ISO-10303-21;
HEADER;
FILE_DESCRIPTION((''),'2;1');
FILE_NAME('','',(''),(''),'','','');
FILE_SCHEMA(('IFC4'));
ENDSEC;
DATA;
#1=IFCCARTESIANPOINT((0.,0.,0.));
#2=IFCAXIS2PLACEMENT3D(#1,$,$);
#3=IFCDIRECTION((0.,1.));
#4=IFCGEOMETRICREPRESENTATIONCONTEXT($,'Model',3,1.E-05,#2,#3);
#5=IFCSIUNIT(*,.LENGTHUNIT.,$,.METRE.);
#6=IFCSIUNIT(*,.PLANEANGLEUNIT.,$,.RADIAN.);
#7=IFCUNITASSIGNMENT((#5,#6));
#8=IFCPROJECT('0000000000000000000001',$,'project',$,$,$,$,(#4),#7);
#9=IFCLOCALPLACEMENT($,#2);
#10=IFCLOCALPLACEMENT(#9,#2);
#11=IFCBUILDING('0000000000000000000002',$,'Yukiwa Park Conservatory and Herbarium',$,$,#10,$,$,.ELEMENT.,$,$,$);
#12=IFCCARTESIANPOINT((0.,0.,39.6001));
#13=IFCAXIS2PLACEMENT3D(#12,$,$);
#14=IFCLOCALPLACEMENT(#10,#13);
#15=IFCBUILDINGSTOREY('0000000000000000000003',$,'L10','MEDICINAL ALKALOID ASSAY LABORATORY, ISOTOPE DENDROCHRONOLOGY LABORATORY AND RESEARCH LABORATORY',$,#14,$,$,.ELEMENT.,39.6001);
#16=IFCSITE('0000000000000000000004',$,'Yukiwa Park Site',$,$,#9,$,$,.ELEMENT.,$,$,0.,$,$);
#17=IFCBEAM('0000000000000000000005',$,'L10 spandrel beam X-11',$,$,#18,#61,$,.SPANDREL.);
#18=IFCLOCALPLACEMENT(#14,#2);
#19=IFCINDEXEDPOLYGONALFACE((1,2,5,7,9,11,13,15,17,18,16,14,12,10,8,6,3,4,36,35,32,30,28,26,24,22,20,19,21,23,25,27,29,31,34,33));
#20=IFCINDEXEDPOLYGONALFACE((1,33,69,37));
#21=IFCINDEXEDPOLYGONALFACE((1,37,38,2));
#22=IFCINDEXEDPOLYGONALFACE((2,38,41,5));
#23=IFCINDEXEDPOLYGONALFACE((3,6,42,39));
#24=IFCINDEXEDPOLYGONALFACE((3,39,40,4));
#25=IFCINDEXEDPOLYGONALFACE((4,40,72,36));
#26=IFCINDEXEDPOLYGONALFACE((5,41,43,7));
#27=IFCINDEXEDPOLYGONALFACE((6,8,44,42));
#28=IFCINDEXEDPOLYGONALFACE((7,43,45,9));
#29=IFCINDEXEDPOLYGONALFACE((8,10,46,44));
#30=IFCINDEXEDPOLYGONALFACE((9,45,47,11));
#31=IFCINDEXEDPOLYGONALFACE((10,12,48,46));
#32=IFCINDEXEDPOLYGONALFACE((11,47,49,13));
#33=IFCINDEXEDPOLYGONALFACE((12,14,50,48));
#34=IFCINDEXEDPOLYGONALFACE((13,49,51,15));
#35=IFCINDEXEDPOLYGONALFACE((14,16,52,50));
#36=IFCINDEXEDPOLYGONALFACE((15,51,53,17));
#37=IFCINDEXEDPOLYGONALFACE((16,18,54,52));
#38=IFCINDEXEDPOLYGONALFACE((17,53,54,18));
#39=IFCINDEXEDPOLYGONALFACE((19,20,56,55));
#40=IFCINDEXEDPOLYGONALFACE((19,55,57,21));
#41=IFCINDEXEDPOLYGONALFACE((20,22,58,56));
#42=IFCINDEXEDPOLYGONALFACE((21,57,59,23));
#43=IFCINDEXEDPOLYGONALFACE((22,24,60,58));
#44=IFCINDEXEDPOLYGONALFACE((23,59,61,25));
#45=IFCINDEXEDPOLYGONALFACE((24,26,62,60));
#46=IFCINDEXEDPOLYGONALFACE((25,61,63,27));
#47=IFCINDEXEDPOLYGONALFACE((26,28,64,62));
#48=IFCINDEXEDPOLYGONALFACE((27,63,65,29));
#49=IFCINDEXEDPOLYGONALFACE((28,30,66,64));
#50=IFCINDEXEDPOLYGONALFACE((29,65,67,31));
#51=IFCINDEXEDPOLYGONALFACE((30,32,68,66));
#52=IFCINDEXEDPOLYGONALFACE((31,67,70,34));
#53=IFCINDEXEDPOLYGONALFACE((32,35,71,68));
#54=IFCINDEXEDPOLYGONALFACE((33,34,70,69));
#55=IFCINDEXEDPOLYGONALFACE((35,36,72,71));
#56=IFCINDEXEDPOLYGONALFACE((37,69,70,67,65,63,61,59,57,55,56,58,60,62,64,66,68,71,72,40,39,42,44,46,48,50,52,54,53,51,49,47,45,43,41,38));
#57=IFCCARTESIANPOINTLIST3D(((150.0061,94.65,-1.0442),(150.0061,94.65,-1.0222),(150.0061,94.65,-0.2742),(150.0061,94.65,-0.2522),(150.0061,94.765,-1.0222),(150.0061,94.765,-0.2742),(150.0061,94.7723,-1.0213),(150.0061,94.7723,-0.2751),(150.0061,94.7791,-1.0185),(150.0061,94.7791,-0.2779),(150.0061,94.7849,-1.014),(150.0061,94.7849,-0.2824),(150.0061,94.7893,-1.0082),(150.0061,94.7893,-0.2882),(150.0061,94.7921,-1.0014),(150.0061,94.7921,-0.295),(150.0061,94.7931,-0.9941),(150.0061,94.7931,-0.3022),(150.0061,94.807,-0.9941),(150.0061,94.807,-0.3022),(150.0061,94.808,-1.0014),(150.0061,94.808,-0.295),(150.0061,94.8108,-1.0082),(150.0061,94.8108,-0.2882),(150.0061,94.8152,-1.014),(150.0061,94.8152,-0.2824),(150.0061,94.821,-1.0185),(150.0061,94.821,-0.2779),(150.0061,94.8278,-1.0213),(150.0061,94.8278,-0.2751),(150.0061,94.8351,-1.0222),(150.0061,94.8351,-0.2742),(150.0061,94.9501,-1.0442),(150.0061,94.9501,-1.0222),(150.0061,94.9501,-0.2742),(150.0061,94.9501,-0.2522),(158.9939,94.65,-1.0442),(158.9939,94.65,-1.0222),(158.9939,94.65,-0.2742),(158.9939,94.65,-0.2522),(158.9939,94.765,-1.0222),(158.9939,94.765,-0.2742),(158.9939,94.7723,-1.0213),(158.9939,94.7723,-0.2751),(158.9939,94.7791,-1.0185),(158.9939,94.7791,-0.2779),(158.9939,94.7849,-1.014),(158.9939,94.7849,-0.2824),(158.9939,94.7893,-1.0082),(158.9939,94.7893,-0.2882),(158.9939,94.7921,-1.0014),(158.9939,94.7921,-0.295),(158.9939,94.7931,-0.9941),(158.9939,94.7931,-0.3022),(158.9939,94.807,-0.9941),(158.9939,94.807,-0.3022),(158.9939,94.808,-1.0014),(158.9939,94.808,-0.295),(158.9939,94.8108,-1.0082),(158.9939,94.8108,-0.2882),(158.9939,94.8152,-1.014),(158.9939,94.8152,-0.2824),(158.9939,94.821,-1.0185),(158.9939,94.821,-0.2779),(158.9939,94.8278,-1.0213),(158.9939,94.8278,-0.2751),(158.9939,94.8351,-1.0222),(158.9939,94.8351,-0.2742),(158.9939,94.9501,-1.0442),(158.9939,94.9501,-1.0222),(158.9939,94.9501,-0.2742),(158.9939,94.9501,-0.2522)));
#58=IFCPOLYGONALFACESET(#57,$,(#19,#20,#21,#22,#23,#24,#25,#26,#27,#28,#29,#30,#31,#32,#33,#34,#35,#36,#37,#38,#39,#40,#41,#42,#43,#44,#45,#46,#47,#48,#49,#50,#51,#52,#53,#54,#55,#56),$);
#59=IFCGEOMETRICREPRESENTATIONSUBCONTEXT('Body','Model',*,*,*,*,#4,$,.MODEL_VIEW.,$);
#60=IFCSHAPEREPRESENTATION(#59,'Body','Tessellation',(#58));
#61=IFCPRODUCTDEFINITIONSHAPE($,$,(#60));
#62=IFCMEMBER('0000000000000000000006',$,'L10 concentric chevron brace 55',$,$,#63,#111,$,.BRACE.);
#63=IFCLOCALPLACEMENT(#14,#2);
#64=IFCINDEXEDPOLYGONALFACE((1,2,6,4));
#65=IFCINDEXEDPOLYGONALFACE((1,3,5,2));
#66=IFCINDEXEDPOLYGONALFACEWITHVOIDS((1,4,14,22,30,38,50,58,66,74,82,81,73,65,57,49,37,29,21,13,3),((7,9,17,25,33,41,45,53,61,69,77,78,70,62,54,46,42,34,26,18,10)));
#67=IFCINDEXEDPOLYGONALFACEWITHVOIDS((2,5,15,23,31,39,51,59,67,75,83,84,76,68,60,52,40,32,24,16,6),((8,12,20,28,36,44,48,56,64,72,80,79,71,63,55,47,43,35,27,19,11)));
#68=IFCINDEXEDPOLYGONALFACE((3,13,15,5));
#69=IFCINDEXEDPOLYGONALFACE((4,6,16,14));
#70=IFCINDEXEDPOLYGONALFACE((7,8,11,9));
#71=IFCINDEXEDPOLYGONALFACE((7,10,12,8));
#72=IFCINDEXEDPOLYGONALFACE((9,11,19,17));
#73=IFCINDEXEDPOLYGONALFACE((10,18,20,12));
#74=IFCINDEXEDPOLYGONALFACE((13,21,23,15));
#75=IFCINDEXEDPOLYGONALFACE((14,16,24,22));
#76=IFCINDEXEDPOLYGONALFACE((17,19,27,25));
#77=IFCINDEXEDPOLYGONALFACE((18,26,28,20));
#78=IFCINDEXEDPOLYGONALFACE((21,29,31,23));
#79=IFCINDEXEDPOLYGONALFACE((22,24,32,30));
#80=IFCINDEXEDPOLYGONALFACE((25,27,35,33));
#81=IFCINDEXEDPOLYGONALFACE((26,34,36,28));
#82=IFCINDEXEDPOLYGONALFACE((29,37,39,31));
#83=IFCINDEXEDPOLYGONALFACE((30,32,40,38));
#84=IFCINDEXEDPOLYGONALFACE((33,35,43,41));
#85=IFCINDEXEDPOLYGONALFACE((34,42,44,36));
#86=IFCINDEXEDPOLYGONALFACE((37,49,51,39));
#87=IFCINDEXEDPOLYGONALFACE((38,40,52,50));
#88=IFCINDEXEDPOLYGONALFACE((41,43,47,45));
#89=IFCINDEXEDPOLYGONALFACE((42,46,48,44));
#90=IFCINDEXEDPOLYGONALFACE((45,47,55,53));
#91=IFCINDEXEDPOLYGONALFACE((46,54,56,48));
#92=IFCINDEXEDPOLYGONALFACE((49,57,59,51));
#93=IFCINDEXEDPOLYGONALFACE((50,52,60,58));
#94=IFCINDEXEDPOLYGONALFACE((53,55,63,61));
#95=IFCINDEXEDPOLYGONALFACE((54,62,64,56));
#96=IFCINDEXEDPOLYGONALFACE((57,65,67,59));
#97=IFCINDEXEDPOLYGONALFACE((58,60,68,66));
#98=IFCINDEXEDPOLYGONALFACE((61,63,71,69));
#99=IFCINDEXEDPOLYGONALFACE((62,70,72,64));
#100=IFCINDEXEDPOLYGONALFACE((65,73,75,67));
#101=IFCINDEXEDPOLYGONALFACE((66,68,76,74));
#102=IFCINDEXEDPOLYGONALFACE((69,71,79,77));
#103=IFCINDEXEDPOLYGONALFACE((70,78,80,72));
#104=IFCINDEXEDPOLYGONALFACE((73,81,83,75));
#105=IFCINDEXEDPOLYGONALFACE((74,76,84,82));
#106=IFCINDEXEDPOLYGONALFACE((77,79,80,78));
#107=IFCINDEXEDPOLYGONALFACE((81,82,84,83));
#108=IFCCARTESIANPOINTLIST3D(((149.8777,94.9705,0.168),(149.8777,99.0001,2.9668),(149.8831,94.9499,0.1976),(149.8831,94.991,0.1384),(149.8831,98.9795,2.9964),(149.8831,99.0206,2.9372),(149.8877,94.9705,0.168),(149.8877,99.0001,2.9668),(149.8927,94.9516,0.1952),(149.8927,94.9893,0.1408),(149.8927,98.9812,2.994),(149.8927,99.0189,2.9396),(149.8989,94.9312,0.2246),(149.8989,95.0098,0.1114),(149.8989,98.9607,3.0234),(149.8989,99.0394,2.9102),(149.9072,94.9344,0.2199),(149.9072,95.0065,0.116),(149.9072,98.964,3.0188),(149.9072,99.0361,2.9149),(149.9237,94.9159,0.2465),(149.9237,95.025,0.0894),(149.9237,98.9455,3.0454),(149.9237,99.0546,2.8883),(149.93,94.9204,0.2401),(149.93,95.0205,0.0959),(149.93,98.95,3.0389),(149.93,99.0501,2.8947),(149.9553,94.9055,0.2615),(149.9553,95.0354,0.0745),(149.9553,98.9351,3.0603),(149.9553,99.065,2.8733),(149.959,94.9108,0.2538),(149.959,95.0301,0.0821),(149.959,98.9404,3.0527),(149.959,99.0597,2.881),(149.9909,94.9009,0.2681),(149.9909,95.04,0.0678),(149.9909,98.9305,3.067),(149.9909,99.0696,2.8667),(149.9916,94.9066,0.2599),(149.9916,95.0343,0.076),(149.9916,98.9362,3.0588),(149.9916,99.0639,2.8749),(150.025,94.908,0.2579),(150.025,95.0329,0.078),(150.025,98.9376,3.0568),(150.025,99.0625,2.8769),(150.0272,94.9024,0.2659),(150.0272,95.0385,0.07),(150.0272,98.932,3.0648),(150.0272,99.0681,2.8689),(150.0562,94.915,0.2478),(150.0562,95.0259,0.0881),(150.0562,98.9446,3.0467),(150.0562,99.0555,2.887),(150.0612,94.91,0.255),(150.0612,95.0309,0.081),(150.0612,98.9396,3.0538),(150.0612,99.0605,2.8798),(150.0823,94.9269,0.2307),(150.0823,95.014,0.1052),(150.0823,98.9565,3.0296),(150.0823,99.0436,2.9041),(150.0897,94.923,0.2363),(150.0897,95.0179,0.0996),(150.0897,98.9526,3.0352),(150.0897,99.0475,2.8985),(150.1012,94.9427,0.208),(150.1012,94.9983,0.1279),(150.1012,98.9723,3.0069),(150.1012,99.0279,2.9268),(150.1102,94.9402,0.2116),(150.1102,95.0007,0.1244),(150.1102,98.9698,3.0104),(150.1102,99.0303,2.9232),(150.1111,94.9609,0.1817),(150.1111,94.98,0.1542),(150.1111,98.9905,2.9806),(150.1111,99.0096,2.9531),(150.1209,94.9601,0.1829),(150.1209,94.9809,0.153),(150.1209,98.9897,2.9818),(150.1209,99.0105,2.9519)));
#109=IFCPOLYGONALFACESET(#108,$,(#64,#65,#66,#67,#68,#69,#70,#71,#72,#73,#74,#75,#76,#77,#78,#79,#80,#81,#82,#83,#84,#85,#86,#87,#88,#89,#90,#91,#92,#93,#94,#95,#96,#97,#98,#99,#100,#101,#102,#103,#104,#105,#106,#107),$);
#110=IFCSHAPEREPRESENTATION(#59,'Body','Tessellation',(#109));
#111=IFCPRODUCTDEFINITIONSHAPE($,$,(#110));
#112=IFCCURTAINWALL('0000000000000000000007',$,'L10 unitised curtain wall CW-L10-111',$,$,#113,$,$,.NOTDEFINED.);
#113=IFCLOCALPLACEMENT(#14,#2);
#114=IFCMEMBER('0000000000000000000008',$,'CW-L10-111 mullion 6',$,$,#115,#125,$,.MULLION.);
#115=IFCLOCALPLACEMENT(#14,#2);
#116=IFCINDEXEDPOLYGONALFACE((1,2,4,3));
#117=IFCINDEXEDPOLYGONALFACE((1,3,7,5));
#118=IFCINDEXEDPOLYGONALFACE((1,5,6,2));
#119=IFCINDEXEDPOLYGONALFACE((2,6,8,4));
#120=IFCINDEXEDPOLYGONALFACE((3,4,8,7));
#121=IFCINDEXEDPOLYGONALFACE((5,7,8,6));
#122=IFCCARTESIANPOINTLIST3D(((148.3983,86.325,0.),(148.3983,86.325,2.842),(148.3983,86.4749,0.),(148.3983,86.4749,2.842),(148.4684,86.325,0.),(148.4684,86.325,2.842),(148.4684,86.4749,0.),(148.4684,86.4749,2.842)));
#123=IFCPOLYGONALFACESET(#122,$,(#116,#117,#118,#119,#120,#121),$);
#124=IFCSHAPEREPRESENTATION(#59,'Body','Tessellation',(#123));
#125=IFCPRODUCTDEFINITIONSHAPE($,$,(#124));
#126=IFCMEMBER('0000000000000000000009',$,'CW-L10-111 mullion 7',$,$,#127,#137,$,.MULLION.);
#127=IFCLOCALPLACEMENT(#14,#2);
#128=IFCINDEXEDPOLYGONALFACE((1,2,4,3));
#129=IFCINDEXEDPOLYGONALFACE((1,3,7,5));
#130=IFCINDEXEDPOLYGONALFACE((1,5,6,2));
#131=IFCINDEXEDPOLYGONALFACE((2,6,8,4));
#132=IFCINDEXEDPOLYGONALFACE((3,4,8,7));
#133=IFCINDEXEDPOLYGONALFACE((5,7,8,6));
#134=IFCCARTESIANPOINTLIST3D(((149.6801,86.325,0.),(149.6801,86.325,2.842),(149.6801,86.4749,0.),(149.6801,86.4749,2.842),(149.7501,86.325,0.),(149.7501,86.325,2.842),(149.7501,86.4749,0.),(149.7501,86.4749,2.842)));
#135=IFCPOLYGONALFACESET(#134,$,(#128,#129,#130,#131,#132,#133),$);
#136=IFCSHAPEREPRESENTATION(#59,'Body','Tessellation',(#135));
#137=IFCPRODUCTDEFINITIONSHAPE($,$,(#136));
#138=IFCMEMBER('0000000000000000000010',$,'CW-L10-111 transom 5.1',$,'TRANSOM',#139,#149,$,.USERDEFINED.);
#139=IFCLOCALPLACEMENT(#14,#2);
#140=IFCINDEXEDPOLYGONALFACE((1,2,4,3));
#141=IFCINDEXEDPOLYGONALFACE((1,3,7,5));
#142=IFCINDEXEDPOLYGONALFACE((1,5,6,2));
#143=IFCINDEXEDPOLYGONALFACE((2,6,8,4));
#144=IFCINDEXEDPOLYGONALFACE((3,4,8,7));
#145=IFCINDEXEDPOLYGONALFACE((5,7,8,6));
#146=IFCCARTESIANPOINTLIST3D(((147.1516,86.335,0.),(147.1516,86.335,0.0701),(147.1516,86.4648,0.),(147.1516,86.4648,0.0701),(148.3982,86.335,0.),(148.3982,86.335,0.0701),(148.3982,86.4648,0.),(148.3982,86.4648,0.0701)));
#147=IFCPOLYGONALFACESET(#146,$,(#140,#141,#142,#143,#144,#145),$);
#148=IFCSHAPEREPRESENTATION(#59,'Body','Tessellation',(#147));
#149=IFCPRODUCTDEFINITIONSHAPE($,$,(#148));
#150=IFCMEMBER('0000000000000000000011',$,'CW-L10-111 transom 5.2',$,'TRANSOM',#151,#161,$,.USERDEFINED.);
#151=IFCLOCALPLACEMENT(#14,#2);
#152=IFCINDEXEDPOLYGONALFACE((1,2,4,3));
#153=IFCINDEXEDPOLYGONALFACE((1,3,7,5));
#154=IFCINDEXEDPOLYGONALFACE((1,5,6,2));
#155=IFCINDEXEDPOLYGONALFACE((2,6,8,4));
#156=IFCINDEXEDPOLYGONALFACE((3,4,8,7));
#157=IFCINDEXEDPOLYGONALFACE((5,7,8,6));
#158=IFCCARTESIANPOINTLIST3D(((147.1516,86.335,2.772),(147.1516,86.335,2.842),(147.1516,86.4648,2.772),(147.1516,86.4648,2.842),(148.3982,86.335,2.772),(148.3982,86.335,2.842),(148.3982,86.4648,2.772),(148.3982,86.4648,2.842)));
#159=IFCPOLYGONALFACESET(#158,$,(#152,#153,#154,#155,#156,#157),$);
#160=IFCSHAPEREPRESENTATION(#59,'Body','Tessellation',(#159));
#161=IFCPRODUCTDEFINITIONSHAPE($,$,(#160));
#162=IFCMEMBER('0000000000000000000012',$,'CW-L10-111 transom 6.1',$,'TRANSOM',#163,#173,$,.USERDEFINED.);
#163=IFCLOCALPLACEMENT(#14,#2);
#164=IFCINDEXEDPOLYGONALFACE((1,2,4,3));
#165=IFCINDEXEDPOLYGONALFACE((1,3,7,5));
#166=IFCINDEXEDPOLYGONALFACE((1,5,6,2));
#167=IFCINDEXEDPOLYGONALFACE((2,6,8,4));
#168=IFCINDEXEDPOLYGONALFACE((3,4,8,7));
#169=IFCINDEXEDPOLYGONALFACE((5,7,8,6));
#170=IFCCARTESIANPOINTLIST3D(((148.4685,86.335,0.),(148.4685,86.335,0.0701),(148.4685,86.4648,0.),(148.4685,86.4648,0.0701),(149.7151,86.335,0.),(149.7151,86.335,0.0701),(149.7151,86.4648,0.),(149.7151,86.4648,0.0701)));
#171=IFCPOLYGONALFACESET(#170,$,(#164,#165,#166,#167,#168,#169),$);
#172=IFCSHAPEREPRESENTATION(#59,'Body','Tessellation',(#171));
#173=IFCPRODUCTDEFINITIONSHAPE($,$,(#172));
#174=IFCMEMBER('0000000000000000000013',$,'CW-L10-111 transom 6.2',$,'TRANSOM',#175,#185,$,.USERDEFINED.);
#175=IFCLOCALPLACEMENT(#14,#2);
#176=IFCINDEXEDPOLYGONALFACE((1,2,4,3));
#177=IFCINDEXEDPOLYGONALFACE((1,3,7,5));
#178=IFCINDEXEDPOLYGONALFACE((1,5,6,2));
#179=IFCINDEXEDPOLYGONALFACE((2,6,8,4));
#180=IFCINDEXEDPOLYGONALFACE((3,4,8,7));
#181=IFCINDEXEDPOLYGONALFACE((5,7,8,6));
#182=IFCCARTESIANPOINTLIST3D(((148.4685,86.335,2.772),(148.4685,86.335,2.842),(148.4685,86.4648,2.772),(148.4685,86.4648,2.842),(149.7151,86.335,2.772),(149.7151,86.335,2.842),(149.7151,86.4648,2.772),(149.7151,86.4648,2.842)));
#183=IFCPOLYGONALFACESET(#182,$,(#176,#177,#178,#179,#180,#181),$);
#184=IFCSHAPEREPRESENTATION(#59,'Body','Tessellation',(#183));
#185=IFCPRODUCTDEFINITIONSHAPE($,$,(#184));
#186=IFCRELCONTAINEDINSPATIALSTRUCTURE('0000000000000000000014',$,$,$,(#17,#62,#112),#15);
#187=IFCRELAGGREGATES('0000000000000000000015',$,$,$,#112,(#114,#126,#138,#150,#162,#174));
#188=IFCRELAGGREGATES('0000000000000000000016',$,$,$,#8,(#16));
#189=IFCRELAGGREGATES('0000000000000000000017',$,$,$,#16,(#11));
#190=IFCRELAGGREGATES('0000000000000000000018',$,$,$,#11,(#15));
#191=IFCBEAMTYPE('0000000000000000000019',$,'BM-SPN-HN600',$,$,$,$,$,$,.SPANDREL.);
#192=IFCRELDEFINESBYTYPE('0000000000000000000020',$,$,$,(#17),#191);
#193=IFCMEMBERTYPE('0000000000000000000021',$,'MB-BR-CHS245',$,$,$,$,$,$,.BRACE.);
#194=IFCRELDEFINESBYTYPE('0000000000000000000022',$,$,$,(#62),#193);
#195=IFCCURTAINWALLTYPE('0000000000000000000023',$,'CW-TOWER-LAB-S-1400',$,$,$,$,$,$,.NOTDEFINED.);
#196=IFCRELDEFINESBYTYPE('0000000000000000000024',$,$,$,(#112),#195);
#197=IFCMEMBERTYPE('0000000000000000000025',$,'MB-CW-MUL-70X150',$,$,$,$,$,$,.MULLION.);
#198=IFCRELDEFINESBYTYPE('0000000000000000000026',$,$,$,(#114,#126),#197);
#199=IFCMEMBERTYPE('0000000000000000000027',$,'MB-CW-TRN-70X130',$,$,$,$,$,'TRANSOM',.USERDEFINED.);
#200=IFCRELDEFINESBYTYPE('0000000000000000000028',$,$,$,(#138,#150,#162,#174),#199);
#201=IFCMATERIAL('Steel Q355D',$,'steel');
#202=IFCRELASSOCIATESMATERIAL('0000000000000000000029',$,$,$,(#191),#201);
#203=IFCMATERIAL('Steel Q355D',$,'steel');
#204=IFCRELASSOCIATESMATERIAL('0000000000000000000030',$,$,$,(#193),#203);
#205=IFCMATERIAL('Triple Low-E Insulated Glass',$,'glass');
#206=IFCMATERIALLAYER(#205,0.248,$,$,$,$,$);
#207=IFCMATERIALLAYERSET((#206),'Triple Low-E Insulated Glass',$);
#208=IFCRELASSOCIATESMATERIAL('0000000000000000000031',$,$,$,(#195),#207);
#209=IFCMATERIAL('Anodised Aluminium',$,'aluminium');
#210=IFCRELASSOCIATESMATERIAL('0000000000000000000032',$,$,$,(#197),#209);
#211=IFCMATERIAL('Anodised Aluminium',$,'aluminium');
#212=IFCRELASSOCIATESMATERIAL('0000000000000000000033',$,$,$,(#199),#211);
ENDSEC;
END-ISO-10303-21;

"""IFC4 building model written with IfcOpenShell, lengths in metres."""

from ifc_helpers import new_model, si_unit, direction, frame, origin, origin_2d, place, context, subcontext, project, spatial, rectangle, hollow_circle, i_section, extrude, material, layer, layer_set, material_profile, profile_set, type_object, element, aggregate, save


model = new_model("IFC4")

# Units and contexts
model_context = context("Model", 3, precision=1e-05, world=origin(), true_north=direction((0.0, 1.0)))
body_context = subcontext(model_context, "Body", "Model", "MODEL_VIEW")
ifc_project = project(units=[si_unit("LENGTHUNIT", "METRE"), si_unit("PLANEANGLEUNIT", "RADIAN")], contexts=[model_context])

# Site, building, storey
site_placement = place(None, origin())
site = spatial("IfcSite", under=ifc_project, at=site_placement, Name="Yukiwa Park Site", CompositionType="ELEMENT", RefElevation=0.0)
building_placement = place(site_placement, origin())
building = spatial("IfcBuilding", under=site, at=building_placement, Name="Yukiwa Park Conservatory and Herbarium", CompositionType="ELEMENT")
storey_placement = place(building_placement, frame((0.0, 0.0, 39.6001)))
storey = spatial("IfcBuildingStorey", under=building, at=storey_placement, Name="L10", Description="MEDICINAL ALKALOID ASSAY LABORATORY, ISOTOPE DENDROCHRONOLOGY LABORATORY AND RESEARCH LABORATORY", CompositionType="ELEMENT", Elevation=39.6001)

# Beam
ifc_material_1 = material(Name="Steel Q355D", Category="steel")
ifc_material_profile_1 = material_profile(ifc_material_1, i_section(OverallWidth=0.3, OverallDepth=0.792, WebThickness=0.0139, FlangeThickness=0.022, FilletRadius=0.0281, at=origin_2d()), Name="HN 792x300x14x22")
ifc_profile_set_1 = profile_set([ifc_material_profile_1], Name="Steel Q355D")
beam_type_1 = type_object("IfcBeamType", Name="BM-SPN-HN600", PredefinedType="SPANDREL", material=ifc_profile_set_1)
beam_1_placement = place(storey_placement, frame((150.0061, 94.8, -0.6482), z_axis=(1.0, 0.0, 0.0), x_axis=(0.0, 1.0, 0.0)))
element("IfcBeam", 1, at=beam_1_placement, inside=storey, type_object=beam_type_1, Name="L10 spandrel beam X-11", PredefinedType="SPANDREL", context=body_context, shape_type="SweptSolid", body=[
    extrude(i_section(OverallWidth=0.3, OverallDepth=0.792, WebThickness=0.0139, FlangeThickness=0.022, FilletRadius=0.0281, at=origin_2d()), origin(), (0.0, 0.0, 1.0), 8.9878),
])

# Member
ifc_material_2 = material(Name="Steel Q355D", Category="steel")
ifc_material_profile_2 = material_profile(ifc_material_2, hollow_circle(Radius=0.1223, WallThickness=0.01, at=origin_2d()), Name="CHS 244.5x10")
ifc_profile_set_2 = profile_set([ifc_material_profile_2], Name="Steel Q355D")
member_type_1 = type_object("IfcMemberType", Name="MB-BR-CHS245", PredefinedType="BRACE", material=ifc_profile_set_2)
member_1_placement = place(storey_placement, frame((150.0, 94.9705, 0.168), z_axis=(0.0, 0.821319, 0.570469), x_axis=(-1.0, 0.0, 0.0)))
element("IfcMember", 2, at=member_1_placement, inside=storey, type_object=member_type_1, Name="L10 concentric chevron brace 55", PredefinedType="BRACE", context=body_context, shape_type="SweptSolid", body=[
    extrude(hollow_circle(Radius=0.1223, WallThickness=0.01, at=origin_2d()), origin(), (0.0, 0.0, 1.0), 4.9062),
])

# Curtain wall, members
ifc_material_3 = material(Name="Triple Low-E Insulated Glass", Category="glass")
ifc_layer_1 = layer(ifc_material_3, 0.248)
ifc_layer_set_1 = layer_set([ifc_layer_1], Name="Triple Low-E Insulated Glass")
curtain_wall_type = type_object("IfcCurtainWallType", Name="CW-TOWER-LAB-S-1400", PredefinedType="NOTDEFINED", material=ifc_layer_set_1)
curtain_wall_placement = place(storey_placement, origin())
curtain_wall = element("IfcCurtainWall", 3, at=curtain_wall_placement, inside=storey, type_object=curtain_wall_type, Name="L10 unitised curtain wall CW-L10-111", PredefinedType="NOTDEFINED")
ifc_material_4 = material(Name="Anodised Aluminium", Category="aluminium")
member_type_2 = type_object("IfcMemberType", Name="MB-CW-MUL-70X150", PredefinedType="MULLION", material=ifc_material_4)
member_2_placement = place(storey_placement, frame((148.4333, 86.3999, 0.0), z_axis=(0.0, 0.0, 1.0), x_axis=(1.0, 0.0, 0.0)))
member_2 = element("IfcMember", 4, at=member_2_placement, type_object=member_type_2, Name="CW-L10-111 mullion 6", PredefinedType="MULLION", context=body_context, shape_type="SweptSolid", body=[
    extrude(rectangle(XDim=0.0701, YDim=0.1499, at=origin_2d()), origin(), (0.0, 0.0, 1.0), 2.842),
])
member_3_placement = place(storey_placement, frame((149.7151, 86.3999, 0.0), z_axis=(0.0, 0.0, 1.0), x_axis=(1.0, 0.0, 0.0)))
member_3 = element("IfcMember", 5, at=member_3_placement, type_object=member_type_2, Name="CW-L10-111 mullion 7", PredefinedType="MULLION", context=body_context, shape_type="SweptSolid", body=[
    extrude(rectangle(XDim=0.0701, YDim=0.1499, at=origin_2d()), origin(), (0.0, 0.0, 1.0), 2.842),
])
ifc_material_5 = material(Name="Anodised Aluminium", Category="aluminium")
member_type_3 = type_object("IfcMemberType", Name="MB-CW-TRN-70X130", ElementType="TRANSOM", PredefinedType="USERDEFINED", material=ifc_material_5)
member_4_placement = place(storey_placement, frame((147.7749, 86.3999, 0.0), z_axis=(0.0, 0.0, 1.0), x_axis=(1.0, 0.0, 0.0)))
member_4 = element("IfcMember", 6, at=member_4_placement, type_object=member_type_3, Name="CW-L10-111 transom 5.1", ObjectType="TRANSOM", PredefinedType="USERDEFINED", context=body_context, shape_type="SweptSolid", body=[
    extrude(rectangle(XDim=1.2466, YDim=0.1299, at=origin_2d()), origin(), (0.0, 0.0, 1.0), 0.0701),
])
member_5_placement = place(storey_placement, frame((147.7749, 86.3999, 2.772), z_axis=(0.0, 0.0, 1.0), x_axis=(1.0, 0.0, 0.0)))
member_5 = element("IfcMember", 7, at=member_5_placement, type_object=member_type_3, Name="CW-L10-111 transom 5.2", ObjectType="TRANSOM", PredefinedType="USERDEFINED", context=body_context, shape_type="SweptSolid", body=[
    extrude(rectangle(XDim=1.2466, YDim=0.1299, at=origin_2d()), origin(), (0.0, 0.0, 1.0), 0.0701),
])
member_6_placement = place(storey_placement, frame((149.0918, 86.3999, 0.0), z_axis=(0.0, 0.0, 1.0), x_axis=(1.0, 0.0, 0.0)))
member_6 = element("IfcMember", 8, at=member_6_placement, type_object=member_type_3, Name="CW-L10-111 transom 6.1", ObjectType="TRANSOM", PredefinedType="USERDEFINED", context=body_context, shape_type="SweptSolid", body=[
    extrude(rectangle(XDim=1.2466, YDim=0.1299, at=origin_2d()), origin(), (0.0, 0.0, 1.0), 0.0701),
])
member_7_placement = place(storey_placement, frame((149.0918, 86.3999, 2.772), z_axis=(0.0, 0.0, 1.0), x_axis=(1.0, 0.0, 0.0)))
member_7 = element("IfcMember", 9, at=member_7_placement, type_object=member_type_3, Name="CW-L10-111 transom 6.2", ObjectType="TRANSOM", PredefinedType="USERDEFINED", context=body_context, shape_type="SweptSolid", body=[
    extrude(rectangle(XDim=1.2466, YDim=0.1299, at=origin_2d()), origin(), (0.0, 0.0, 1.0), 0.0701),
])

aggregate(curtain_wall, [member_2, member_3, member_4, member_5, member_6, member_7])

save(model, "model.ifc")
